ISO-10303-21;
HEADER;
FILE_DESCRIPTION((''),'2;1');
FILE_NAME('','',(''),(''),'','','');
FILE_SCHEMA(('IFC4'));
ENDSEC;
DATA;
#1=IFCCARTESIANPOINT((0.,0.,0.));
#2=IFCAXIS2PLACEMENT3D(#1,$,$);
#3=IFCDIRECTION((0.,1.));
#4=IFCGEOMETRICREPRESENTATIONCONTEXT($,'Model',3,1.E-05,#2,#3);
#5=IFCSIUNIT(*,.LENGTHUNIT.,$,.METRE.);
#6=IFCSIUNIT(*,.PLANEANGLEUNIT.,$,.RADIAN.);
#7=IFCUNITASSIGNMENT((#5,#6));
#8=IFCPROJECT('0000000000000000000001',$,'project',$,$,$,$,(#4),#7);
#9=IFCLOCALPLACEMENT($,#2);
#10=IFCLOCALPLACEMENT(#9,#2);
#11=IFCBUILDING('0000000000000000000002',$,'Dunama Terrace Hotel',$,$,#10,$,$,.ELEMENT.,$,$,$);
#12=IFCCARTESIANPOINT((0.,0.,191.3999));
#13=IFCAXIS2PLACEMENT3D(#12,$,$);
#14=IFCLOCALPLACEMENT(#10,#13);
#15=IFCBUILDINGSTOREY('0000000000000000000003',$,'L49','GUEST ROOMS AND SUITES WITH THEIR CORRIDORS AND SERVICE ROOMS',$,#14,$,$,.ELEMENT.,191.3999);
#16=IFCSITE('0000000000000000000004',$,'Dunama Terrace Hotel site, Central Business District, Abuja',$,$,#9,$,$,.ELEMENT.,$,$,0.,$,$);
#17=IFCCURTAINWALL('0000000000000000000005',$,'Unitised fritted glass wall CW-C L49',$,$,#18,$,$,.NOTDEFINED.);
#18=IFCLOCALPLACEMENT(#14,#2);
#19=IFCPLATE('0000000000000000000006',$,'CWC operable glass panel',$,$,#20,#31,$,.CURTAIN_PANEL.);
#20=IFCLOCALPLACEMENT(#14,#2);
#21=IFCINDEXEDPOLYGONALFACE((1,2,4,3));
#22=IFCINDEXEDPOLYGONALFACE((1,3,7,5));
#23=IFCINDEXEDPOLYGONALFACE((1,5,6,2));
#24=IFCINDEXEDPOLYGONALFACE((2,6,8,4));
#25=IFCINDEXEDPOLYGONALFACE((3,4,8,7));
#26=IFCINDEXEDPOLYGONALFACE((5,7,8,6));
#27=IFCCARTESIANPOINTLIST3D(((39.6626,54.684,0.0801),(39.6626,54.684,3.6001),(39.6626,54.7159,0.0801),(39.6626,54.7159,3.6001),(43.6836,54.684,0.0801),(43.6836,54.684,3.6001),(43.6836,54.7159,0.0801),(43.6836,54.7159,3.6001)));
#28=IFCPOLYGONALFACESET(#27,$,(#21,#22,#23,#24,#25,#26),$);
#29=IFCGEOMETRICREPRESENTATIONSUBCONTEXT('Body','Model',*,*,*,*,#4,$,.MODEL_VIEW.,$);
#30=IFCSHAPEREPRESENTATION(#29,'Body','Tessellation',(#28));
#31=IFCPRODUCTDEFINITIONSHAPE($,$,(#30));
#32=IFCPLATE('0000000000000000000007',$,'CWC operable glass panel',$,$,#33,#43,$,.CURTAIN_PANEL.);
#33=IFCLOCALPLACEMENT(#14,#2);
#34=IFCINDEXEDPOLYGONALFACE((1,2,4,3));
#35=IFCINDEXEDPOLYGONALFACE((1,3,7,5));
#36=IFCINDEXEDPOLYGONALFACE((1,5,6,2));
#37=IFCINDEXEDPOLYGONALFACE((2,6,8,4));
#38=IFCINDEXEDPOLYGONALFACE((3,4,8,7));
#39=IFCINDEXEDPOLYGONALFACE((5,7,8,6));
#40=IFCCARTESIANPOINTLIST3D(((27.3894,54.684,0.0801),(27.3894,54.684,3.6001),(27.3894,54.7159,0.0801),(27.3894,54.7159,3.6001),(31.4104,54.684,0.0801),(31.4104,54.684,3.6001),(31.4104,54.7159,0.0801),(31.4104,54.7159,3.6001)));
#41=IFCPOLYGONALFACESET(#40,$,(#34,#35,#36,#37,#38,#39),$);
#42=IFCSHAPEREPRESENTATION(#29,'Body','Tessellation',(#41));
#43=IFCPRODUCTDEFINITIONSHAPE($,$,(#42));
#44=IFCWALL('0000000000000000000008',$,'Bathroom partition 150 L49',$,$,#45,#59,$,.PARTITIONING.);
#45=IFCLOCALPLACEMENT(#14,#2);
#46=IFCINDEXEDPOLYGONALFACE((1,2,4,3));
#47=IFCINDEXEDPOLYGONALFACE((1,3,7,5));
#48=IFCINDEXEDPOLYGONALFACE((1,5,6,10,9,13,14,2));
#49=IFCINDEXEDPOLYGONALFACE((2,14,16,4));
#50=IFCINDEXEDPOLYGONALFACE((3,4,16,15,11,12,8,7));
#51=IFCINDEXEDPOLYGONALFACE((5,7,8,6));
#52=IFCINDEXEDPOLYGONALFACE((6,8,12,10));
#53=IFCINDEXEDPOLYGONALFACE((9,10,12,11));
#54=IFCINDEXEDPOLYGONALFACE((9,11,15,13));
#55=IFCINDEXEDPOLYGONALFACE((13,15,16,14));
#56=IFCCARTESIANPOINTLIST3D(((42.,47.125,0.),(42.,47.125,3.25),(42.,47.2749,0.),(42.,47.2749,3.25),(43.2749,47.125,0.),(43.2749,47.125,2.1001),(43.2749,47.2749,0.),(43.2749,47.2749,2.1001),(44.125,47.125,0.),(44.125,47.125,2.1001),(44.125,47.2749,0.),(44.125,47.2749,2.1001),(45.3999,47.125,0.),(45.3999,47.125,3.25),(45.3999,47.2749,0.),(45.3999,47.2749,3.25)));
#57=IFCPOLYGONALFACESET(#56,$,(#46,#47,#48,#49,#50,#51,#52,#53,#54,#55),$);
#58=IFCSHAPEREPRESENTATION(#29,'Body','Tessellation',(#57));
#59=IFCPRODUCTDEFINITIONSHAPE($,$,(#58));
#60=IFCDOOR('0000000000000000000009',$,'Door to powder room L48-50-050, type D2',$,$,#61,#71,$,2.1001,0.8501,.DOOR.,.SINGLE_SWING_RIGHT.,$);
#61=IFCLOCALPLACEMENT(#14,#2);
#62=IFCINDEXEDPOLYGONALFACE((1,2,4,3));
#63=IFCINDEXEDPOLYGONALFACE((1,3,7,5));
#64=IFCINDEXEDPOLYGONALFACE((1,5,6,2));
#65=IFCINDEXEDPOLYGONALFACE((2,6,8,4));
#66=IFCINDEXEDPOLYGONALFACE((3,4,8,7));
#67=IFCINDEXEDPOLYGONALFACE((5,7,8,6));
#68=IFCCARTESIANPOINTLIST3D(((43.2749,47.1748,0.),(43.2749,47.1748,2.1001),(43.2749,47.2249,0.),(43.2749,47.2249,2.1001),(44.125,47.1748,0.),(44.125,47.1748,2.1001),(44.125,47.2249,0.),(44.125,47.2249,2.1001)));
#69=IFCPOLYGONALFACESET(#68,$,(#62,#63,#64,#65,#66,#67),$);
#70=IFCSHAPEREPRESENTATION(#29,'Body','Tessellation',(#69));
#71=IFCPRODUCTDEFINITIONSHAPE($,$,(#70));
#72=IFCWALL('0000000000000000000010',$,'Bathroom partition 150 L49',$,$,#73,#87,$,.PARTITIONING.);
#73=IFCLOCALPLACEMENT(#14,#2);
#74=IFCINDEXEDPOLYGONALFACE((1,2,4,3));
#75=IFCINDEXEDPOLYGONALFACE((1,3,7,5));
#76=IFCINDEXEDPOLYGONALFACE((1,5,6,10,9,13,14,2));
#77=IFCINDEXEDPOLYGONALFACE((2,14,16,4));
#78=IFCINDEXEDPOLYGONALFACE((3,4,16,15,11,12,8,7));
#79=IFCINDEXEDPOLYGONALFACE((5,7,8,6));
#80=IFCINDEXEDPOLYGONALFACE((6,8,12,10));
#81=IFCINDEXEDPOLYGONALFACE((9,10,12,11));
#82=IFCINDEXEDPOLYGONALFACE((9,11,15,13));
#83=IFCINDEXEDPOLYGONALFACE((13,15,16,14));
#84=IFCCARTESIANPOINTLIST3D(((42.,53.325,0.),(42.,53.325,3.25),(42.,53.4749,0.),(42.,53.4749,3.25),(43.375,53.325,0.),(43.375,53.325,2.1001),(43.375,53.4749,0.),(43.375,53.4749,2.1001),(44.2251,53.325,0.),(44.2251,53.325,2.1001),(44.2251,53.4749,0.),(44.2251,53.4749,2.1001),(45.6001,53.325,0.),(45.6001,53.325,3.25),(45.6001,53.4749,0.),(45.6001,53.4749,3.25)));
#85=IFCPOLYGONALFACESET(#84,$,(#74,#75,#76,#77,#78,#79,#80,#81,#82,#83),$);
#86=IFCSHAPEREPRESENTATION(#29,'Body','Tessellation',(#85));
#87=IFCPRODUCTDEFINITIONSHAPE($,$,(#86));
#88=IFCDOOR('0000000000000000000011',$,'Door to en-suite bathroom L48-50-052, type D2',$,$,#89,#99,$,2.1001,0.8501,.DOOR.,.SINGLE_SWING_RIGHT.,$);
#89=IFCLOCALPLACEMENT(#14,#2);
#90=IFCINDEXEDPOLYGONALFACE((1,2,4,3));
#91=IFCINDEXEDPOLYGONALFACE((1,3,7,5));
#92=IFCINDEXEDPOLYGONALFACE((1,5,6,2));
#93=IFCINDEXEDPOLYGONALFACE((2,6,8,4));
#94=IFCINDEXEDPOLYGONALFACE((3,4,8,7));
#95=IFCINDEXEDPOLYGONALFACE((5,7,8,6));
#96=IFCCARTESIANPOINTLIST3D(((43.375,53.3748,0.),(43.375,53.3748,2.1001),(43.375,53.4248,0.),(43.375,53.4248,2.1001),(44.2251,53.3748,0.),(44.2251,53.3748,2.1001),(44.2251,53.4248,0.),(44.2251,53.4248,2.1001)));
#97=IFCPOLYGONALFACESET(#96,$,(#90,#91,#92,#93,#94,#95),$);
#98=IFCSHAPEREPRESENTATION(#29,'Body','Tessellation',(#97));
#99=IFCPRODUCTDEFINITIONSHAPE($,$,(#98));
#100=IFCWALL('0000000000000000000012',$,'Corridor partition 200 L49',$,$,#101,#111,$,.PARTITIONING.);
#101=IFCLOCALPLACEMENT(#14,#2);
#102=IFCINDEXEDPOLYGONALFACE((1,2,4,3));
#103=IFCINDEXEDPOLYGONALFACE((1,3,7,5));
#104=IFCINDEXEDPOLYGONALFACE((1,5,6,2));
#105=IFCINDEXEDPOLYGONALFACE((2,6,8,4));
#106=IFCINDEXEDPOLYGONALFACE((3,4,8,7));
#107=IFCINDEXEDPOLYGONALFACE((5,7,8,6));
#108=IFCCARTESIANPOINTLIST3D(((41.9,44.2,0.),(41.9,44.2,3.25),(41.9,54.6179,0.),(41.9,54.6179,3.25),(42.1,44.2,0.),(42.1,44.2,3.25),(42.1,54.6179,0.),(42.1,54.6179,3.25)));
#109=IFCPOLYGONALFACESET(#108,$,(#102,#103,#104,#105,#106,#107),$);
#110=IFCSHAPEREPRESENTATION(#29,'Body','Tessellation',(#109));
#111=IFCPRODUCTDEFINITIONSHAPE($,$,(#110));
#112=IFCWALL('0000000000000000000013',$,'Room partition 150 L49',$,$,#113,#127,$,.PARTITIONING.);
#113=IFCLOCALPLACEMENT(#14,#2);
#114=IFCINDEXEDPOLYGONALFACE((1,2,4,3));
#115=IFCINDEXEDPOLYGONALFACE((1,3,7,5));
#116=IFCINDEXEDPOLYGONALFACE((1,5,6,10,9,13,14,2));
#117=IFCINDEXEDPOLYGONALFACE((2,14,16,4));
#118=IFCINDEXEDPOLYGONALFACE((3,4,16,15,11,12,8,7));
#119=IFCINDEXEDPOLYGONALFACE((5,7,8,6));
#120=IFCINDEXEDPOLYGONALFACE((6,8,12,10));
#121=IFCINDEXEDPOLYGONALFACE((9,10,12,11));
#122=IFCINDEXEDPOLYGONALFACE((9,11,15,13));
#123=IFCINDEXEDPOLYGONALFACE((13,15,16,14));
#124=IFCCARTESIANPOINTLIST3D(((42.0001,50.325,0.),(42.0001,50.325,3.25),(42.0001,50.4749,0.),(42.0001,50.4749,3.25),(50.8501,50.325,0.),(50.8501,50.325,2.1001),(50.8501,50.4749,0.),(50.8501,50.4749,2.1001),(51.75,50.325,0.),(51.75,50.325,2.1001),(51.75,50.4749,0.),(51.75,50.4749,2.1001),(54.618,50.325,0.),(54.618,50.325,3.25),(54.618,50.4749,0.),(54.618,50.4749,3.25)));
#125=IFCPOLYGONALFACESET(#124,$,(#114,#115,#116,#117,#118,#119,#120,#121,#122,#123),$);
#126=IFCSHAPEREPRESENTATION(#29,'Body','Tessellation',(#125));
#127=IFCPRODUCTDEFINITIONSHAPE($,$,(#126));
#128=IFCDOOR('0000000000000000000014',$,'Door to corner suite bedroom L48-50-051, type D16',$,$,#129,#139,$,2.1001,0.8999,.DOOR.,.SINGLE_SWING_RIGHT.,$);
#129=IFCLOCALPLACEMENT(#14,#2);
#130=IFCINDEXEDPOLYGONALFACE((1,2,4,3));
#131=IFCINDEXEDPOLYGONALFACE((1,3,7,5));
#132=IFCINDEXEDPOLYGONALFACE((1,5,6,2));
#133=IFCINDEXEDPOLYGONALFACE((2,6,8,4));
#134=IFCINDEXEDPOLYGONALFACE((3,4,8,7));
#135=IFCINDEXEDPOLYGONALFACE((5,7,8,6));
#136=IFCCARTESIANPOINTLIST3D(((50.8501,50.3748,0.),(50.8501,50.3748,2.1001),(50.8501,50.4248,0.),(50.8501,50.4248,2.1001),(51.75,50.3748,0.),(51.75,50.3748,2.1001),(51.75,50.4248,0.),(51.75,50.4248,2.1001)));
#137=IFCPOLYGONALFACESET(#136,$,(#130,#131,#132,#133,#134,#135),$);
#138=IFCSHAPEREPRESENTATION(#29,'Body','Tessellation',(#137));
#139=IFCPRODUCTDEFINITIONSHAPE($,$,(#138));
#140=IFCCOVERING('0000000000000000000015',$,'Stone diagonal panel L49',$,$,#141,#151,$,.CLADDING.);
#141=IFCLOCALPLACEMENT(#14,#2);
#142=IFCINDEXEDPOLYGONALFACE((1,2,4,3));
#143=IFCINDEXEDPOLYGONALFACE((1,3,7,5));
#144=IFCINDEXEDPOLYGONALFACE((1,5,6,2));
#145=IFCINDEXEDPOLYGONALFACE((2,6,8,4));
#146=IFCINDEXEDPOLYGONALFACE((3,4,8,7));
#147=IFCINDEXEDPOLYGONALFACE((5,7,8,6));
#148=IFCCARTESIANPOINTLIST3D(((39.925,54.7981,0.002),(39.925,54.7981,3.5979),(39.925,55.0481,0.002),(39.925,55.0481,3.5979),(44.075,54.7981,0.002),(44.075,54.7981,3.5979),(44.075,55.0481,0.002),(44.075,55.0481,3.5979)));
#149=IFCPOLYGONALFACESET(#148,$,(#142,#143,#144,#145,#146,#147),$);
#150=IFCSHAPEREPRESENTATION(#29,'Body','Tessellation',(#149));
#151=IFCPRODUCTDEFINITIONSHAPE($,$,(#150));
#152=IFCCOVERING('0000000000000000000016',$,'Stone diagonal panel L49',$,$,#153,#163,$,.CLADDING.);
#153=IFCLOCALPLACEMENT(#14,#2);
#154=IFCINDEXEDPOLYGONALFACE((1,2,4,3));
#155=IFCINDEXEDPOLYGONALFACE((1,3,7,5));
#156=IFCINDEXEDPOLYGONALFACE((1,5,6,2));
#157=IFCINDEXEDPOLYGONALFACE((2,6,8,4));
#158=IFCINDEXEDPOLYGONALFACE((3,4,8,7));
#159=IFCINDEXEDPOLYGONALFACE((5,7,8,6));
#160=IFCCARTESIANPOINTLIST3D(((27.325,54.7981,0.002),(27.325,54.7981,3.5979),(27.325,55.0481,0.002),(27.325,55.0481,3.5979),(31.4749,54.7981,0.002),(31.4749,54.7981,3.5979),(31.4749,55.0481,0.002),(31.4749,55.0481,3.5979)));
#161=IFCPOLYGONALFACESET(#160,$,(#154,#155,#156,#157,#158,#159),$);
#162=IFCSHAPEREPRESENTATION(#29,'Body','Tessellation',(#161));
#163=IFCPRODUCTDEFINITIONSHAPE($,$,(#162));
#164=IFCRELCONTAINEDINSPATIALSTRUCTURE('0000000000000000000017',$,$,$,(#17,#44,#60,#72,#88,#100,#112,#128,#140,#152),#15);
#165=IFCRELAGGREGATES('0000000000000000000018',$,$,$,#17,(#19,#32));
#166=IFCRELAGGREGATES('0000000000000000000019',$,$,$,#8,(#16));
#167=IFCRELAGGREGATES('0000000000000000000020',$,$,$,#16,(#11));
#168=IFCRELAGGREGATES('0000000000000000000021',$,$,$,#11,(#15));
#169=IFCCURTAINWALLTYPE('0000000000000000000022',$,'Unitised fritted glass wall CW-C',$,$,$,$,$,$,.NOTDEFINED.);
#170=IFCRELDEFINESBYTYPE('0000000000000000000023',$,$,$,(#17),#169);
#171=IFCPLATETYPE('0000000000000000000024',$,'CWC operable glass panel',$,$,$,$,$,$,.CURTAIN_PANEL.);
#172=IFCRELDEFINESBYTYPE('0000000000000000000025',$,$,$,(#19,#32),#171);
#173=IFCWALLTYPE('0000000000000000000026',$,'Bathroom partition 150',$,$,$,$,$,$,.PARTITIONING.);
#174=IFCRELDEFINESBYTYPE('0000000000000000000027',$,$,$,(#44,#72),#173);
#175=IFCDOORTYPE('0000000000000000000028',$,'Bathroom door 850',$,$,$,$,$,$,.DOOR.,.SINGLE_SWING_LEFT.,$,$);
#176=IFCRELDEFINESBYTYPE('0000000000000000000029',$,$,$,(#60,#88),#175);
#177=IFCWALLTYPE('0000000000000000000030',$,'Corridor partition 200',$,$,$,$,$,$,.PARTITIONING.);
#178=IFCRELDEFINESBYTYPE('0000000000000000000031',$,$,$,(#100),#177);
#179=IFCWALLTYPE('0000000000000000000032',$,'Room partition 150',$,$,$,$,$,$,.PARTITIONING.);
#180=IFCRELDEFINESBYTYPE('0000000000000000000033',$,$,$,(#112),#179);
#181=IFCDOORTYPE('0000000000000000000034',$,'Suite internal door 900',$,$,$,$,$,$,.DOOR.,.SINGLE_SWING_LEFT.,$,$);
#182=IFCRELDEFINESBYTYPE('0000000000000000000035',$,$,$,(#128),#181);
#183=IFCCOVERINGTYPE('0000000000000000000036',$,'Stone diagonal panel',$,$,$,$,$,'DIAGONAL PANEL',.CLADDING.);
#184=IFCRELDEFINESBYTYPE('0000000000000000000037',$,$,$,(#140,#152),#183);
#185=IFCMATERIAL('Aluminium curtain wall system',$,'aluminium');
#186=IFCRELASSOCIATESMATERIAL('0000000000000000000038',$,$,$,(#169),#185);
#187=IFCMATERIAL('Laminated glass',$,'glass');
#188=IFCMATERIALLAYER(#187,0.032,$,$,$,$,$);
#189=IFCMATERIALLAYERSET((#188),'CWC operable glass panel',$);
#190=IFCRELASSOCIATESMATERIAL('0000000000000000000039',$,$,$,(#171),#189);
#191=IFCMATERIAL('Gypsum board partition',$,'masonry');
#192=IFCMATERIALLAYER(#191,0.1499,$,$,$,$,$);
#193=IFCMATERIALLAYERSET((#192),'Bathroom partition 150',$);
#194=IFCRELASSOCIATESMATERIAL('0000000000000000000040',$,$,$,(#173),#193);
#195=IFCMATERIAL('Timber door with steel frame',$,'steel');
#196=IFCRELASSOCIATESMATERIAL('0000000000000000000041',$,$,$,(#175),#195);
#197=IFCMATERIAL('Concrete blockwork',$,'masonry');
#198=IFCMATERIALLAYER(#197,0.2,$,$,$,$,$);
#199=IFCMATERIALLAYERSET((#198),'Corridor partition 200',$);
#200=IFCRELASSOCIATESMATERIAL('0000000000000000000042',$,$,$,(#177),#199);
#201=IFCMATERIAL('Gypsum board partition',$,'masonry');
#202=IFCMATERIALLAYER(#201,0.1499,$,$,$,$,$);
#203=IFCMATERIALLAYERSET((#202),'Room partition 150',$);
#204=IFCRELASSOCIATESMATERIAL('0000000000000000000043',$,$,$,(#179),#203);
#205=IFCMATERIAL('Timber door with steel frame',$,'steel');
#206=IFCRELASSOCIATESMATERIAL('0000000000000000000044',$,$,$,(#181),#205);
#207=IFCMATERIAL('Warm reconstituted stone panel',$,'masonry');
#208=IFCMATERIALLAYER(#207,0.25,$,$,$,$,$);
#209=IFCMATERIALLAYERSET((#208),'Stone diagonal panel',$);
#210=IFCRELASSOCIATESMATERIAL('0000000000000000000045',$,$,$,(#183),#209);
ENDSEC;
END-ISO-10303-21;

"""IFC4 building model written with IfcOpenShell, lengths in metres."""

from ifc_helpers import new_model, si_unit, direction, frame, frame_2d, origin, origin_2d, place, context, subcontext, project, spatial, rectangle, extrude, material, layer, layer_set, type_object, element, fill, aggregate, save


model = new_model("IFC4")

# Units and contexts
model_context = context("Model", 3, precision=1e-05, world=origin(), true_north=direction((0.0, 1.0)))
body_context = subcontext(model_context, "Body", "Model", "MODEL_VIEW")
ifc_project = project(units=[si_unit("LENGTHUNIT", "METRE"), si_unit("PLANEANGLEUNIT", "RADIAN")], contexts=[model_context])

# Site, building, storey
site_placement = place(None, origin())
site = spatial("IfcSite", under=ifc_project, at=site_placement, Name="Dunama Terrace Hotel site, Central Business District, Abuja", CompositionType="ELEMENT", RefElevation=0.0)
building_placement = place(site_placement, origin())
building = spatial("IfcBuilding", under=site, at=building_placement, Name="Dunama Terrace Hotel", CompositionType="ELEMENT")
storey_placement = place(building_placement, frame((0.0, 0.0, 191.3999)))
storey = spatial("IfcBuildingStorey", under=building, at=storey_placement, Name="L49", Description="GUEST ROOMS AND SUITES WITH THEIR CORRIDORS AND SERVICE ROOMS", CompositionType="ELEMENT", Elevation=191.3999)

# Curtain wall
ifc_material_1 = material(Name="Aluminium curtain wall system", Category="aluminium")
curtain_wall_type = type_object("IfcCurtainWallType", Name="Unitised fritted glass wall CW-C", PredefinedType="NOTDEFINED", material=ifc_material_1)
curtain_wall_placement = place(storey_placement, origin())
curtain_wall = element("IfcCurtainWall", 1, at=curtain_wall_placement, inside=storey, type_object=curtain_wall_type, Name="Unitised fritted glass wall CW-C L49", PredefinedType="NOTDEFINED")

# Plates
ifc_material_2 = material(Name="Laminated glass", Category="glass")
ifc_layer_1 = layer(ifc_material_2, 0.032)
ifc_layer_set_1 = layer_set([ifc_layer_1], Name="CWC operable glass panel")
plate_type_1 = type_object("IfcPlateType", Name="CWC operable glass panel", PredefinedType="CURTAIN_PANEL", material=ifc_layer_set_1)
plate_1_placement = place(storey_placement, frame((41.6731, 54.7, 0.0801), z_axis=(0.0, 0.0, 1.0), x_axis=(-1.0, 0.0, 0.0)))
plate_1 = element("IfcPlate", 2, at=plate_1_placement, type_object=plate_type_1, Name="CWC operable glass panel", PredefinedType="CURTAIN_PANEL", context=body_context, shape_type="SweptSolid", body=[
    extrude(rectangle(XDim=4.021, YDim=0.032, at=origin_2d()), origin(), (0.0, 0.0, 1.0), 3.52),
])
plate_2_placement = place(storey_placement, frame((29.3999, 54.7, 0.0801), z_axis=(0.0, 0.0, 1.0), x_axis=(-1.0, 0.0, 0.0)))
plate_2 = element("IfcPlate", 3, at=plate_2_placement, type_object=plate_type_1, Name="CWC operable glass panel", PredefinedType="CURTAIN_PANEL", context=body_context, shape_type="SweptSolid", body=[
    extrude(rectangle(XDim=4.021, YDim=0.032, at=origin_2d()), origin(), (0.0, 0.0, 1.0), 3.52),
])
aggregate(curtain_wall, [plate_1, plate_2])

# Walls, openings, doors
ifc_material_3 = material(Name="Gypsum board partition", Category="masonry")
ifc_layer_2 = layer(ifc_material_3, 0.1499)
ifc_layer_set_2 = layer_set([ifc_layer_2], Name="Bathroom partition 150")
wall_type_1 = type_object("IfcWallType", Name="Bathroom partition 150", PredefinedType="PARTITIONING", material=ifc_layer_set_2)
wall_1_placement = place(storey_placement, frame((42.0, 47.2, 0.0), z_axis=(0.0, 0.0, 1.0), x_axis=(1.0, 0.0, 0.0)))
wall_1 = element("IfcWall", 4, at=wall_1_placement, inside=storey, type_object=wall_type_1, Name="Bathroom partition 150 L49", PredefinedType="PARTITIONING", context=body_context, shape_type="SweptSolid", body=[
    extrude(rectangle(XDim=3.3999, YDim=0.1499, at=frame_2d((1.7, 0.0))), origin(), (0.0, 0.0, 1.0), 3.25),
])
opening_1_placement = place(wall_1_placement, frame((1.2749, 0.0, 0.0)))
opening_1 = element("IfcOpeningElement", 5, at=opening_1_placement, cuts=wall_1, PredefinedType="OPENING", context=body_context, shape_type="SweptSolid", body=[
    extrude(rectangle(XDim=0.8501, YDim=2.1001, at=frame_2d((0.425, 1.05))), frame((0.0, 0.085, 0.0), z_axis=(0.0, -1.0, 0.0), x_axis=(1.0, 0.0, 0.0)), (0.0, 0.0, 1.0), 0.1699),
])
ifc_material_4 = material(Name="Timber door with steel frame", Category="steel")
door_type_1 = type_object("IfcDoorType", Name="Bathroom door 850", OperationType="SINGLE_SWING_LEFT", PredefinedType="DOOR", material=ifc_material_4)
door_1_placement = place(opening_1_placement, frame((0.8501, 0.0, 0.0), z_axis=(0.0, 0.0, 1.0), x_axis=(-1.0, 0.0, 0.0)))
door_1 = element("IfcDoor", 6, at=door_1_placement, inside=storey, type_object=door_type_1, Name="Door to powder room L48-50-050, type D2", OperationType="SINGLE_SWING_RIGHT", OverallHeight=2.1001, OverallWidth=0.8501, PredefinedType="DOOR", context=body_context, shape_type="SweptSolid", body=[
    extrude(rectangle(XDim=0.8501, YDim=2.1001, at=frame_2d((0.425, 1.05))), frame((0.0, 0.0251, 0.0), z_axis=(0.0, -1.0, 0.0), x_axis=(1.0, 0.0, 0.0)), (0.0, 0.0, 1.0), 0.05),
])
fill(opening_1, door_1)
wall_2_placement = place(storey_placement, frame((42.0, 53.3999, 0.0), z_axis=(0.0, 0.0, 1.0), x_axis=(1.0, 0.0, 0.0)))
wall_2 = element("IfcWall", 7, at=wall_2_placement, inside=storey, type_object=wall_type_1, Name="Bathroom partition 150 L49", PredefinedType="PARTITIONING", context=body_context, shape_type="SweptSolid", body=[
    extrude(rectangle(XDim=3.6001, YDim=0.1499, at=frame_2d((1.8, 0.0))), origin(), (0.0, 0.0, 1.0), 3.25),
])
opening_2_placement = place(wall_2_placement, frame((1.375, 0.0, 0.0)))
opening_2 = element("IfcOpeningElement", 8, at=opening_2_placement, cuts=wall_2, PredefinedType="OPENING", context=body_context, shape_type="SweptSolid", body=[
    extrude(rectangle(XDim=0.8501, YDim=2.1001, at=frame_2d((0.425, 1.05))), frame((0.0, 0.085, 0.0), z_axis=(0.0, -1.0, 0.0), x_axis=(1.0, 0.0, 0.0)), (0.0, 0.0, 1.0), 0.1699),
])
door_2_placement = place(opening_2_placement, frame((0.8501, 0.0, 0.0), z_axis=(0.0, 0.0, 1.0), x_axis=(-1.0, 0.0, 0.0)))
door_2 = element("IfcDoor", 9, at=door_2_placement, inside=storey, type_object=door_type_1, Name="Door to en-suite bathroom L48-50-052, type D2", OperationType="SINGLE_SWING_RIGHT", OverallHeight=2.1001, OverallWidth=0.8501, PredefinedType="DOOR", context=body_context, shape_type="SweptSolid", body=[
    extrude(rectangle(XDim=0.8501, YDim=2.1001, at=frame_2d((0.425, 1.05))), frame((0.0, 0.0251, 0.0), z_axis=(0.0, -1.0, 0.0), x_axis=(1.0, 0.0, 0.0)), (0.0, 0.0, 1.0), 0.05),
])
fill(opening_2, door_2)

# Wall
ifc_material_5 = material(Name="Concrete blockwork", Category="masonry")
ifc_layer_3 = layer(ifc_material_5, 0.2)
ifc_layer_set_3 = layer_set([ifc_layer_3], Name="Corridor partition 200")
wall_type_2 = type_object("IfcWallType", Name="Corridor partition 200", PredefinedType="PARTITIONING", material=ifc_layer_set_3)
wall_3_placement = place(storey_placement, frame((42.0, 54.6179, 0.0), z_axis=(0.0, 0.0, 1.0), x_axis=(0.0, -1.0, 0.0)))
element("IfcWall", 10, at=wall_3_placement, inside=storey, type_object=wall_type_2, Name="Corridor partition 200 L49", PredefinedType="PARTITIONING", context=body_context, shape_type="SweptSolid", body=[
    extrude(rectangle(XDim=10.418, YDim=0.2, at=frame_2d((5.209, 0.0))), origin(), (0.0, 0.0, 1.0), 3.25),
])

# Wall, opening, door
ifc_material_6 = material(Name="Gypsum board partition", Category="masonry")
ifc_layer_4 = layer(ifc_material_6, 0.1499)
ifc_layer_set_4 = layer_set([ifc_layer_4], Name="Room partition 150")
wall_type_3 = type_object("IfcWallType", Name="Room partition 150", PredefinedType="PARTITIONING", material=ifc_layer_set_4)
wall_4_placement = place(storey_placement, frame((42.0, 50.3999, 0.0), z_axis=(0.0, 0.0, 1.0), x_axis=(1.0, 0.0, 0.0)))
wall_4 = element("IfcWall", 11, at=wall_4_placement, inside=storey, type_object=wall_type_3, Name="Room partition 150 L49", PredefinedType="PARTITIONING", context=body_context, shape_type="SweptSolid", body=[
    extrude(rectangle(XDim=12.6179, YDim=0.1499, at=frame_2d((6.3091, 0.0))), origin(), (0.0, 0.0, 1.0), 3.25),
])
opening_3_placement = place(wall_4_placement, frame((8.8501, 0.0, 0.0)))
opening_3 = element("IfcOpeningElement", 12, at=opening_3_placement, cuts=wall_4, PredefinedType="OPENING", context=body_context, shape_type="SweptSolid", body=[
    extrude(rectangle(XDim=0.8999, YDim=2.1001, at=frame_2d((0.45, 1.05))), frame((0.0, 0.085, 0.0), z_axis=(0.0, -1.0, 0.0), x_axis=(1.0, 0.0, 0.0)), (0.0, 0.0, 1.0), 0.1699),
])
ifc_material_7 = material(Name="Timber door with steel frame", Category="steel")
door_type_2 = type_object("IfcDoorType", Name="Suite internal door 900", OperationType="SINGLE_SWING_LEFT", PredefinedType="DOOR", material=ifc_material_7)
door_3_placement = place(opening_3_placement, origin())
door_3 = element("IfcDoor", 13, at=door_3_placement, inside=storey, type_object=door_type_2, Name="Door to corner suite bedroom L48-50-051, type D16", OperationType="SINGLE_SWING_RIGHT", OverallHeight=2.1001, OverallWidth=0.8999, PredefinedType="DOOR", context=body_context, shape_type="SweptSolid", body=[
    extrude(rectangle(XDim=0.8999, YDim=2.1001, at=frame_2d((0.45, 1.05))), frame((0.0, 0.0249, 0.0), z_axis=(0.0, -1.0, 0.0), x_axis=(1.0, 0.0, 0.0)), (0.0, 0.0, 1.0), 0.05),
])
fill(opening_3, door_3)

# Coverings
ifc_material_8 = material(Name="Warm reconstituted stone panel", Category="masonry")
ifc_layer_5 = layer(ifc_material_8, 0.25)
ifc_layer_set_5 = layer_set([ifc_layer_5], Name="Stone diagonal panel")
covering_type = type_object("IfcCoveringType", Name="Stone diagonal panel", ElementType="DIAGONAL PANEL", PredefinedType="CLADDING", material=ifc_layer_set_5)
for number, where, z_axis, x_axis, name in (
    (14, (42.0, 54.9231, 0.002), (0.0, 0.0, 1.0), (-1.0, 0.0, 0.0), "Stone diagonal panel L49"),
    (15, (29.3999, 54.9231, 0.002), (0.0, 0.0, 1.0), (-1.0, 0.0, 0.0), "Stone diagonal panel L49"),
):
    element("IfcCovering", number, at=place(storey_placement, frame(where, z_axis=z_axis, x_axis=x_axis)), inside=storey, type_object=covering_type, Name=name, PredefinedType="CLADDING", context=body_context, shape_type="SweptSolid", body=[
        extrude(rectangle(XDim=4.1499, YDim=0.25, at=origin_2d()), origin(), (0.0, 0.0, 1.0), 3.5959),
    ])

save(model, "model.ifc")
